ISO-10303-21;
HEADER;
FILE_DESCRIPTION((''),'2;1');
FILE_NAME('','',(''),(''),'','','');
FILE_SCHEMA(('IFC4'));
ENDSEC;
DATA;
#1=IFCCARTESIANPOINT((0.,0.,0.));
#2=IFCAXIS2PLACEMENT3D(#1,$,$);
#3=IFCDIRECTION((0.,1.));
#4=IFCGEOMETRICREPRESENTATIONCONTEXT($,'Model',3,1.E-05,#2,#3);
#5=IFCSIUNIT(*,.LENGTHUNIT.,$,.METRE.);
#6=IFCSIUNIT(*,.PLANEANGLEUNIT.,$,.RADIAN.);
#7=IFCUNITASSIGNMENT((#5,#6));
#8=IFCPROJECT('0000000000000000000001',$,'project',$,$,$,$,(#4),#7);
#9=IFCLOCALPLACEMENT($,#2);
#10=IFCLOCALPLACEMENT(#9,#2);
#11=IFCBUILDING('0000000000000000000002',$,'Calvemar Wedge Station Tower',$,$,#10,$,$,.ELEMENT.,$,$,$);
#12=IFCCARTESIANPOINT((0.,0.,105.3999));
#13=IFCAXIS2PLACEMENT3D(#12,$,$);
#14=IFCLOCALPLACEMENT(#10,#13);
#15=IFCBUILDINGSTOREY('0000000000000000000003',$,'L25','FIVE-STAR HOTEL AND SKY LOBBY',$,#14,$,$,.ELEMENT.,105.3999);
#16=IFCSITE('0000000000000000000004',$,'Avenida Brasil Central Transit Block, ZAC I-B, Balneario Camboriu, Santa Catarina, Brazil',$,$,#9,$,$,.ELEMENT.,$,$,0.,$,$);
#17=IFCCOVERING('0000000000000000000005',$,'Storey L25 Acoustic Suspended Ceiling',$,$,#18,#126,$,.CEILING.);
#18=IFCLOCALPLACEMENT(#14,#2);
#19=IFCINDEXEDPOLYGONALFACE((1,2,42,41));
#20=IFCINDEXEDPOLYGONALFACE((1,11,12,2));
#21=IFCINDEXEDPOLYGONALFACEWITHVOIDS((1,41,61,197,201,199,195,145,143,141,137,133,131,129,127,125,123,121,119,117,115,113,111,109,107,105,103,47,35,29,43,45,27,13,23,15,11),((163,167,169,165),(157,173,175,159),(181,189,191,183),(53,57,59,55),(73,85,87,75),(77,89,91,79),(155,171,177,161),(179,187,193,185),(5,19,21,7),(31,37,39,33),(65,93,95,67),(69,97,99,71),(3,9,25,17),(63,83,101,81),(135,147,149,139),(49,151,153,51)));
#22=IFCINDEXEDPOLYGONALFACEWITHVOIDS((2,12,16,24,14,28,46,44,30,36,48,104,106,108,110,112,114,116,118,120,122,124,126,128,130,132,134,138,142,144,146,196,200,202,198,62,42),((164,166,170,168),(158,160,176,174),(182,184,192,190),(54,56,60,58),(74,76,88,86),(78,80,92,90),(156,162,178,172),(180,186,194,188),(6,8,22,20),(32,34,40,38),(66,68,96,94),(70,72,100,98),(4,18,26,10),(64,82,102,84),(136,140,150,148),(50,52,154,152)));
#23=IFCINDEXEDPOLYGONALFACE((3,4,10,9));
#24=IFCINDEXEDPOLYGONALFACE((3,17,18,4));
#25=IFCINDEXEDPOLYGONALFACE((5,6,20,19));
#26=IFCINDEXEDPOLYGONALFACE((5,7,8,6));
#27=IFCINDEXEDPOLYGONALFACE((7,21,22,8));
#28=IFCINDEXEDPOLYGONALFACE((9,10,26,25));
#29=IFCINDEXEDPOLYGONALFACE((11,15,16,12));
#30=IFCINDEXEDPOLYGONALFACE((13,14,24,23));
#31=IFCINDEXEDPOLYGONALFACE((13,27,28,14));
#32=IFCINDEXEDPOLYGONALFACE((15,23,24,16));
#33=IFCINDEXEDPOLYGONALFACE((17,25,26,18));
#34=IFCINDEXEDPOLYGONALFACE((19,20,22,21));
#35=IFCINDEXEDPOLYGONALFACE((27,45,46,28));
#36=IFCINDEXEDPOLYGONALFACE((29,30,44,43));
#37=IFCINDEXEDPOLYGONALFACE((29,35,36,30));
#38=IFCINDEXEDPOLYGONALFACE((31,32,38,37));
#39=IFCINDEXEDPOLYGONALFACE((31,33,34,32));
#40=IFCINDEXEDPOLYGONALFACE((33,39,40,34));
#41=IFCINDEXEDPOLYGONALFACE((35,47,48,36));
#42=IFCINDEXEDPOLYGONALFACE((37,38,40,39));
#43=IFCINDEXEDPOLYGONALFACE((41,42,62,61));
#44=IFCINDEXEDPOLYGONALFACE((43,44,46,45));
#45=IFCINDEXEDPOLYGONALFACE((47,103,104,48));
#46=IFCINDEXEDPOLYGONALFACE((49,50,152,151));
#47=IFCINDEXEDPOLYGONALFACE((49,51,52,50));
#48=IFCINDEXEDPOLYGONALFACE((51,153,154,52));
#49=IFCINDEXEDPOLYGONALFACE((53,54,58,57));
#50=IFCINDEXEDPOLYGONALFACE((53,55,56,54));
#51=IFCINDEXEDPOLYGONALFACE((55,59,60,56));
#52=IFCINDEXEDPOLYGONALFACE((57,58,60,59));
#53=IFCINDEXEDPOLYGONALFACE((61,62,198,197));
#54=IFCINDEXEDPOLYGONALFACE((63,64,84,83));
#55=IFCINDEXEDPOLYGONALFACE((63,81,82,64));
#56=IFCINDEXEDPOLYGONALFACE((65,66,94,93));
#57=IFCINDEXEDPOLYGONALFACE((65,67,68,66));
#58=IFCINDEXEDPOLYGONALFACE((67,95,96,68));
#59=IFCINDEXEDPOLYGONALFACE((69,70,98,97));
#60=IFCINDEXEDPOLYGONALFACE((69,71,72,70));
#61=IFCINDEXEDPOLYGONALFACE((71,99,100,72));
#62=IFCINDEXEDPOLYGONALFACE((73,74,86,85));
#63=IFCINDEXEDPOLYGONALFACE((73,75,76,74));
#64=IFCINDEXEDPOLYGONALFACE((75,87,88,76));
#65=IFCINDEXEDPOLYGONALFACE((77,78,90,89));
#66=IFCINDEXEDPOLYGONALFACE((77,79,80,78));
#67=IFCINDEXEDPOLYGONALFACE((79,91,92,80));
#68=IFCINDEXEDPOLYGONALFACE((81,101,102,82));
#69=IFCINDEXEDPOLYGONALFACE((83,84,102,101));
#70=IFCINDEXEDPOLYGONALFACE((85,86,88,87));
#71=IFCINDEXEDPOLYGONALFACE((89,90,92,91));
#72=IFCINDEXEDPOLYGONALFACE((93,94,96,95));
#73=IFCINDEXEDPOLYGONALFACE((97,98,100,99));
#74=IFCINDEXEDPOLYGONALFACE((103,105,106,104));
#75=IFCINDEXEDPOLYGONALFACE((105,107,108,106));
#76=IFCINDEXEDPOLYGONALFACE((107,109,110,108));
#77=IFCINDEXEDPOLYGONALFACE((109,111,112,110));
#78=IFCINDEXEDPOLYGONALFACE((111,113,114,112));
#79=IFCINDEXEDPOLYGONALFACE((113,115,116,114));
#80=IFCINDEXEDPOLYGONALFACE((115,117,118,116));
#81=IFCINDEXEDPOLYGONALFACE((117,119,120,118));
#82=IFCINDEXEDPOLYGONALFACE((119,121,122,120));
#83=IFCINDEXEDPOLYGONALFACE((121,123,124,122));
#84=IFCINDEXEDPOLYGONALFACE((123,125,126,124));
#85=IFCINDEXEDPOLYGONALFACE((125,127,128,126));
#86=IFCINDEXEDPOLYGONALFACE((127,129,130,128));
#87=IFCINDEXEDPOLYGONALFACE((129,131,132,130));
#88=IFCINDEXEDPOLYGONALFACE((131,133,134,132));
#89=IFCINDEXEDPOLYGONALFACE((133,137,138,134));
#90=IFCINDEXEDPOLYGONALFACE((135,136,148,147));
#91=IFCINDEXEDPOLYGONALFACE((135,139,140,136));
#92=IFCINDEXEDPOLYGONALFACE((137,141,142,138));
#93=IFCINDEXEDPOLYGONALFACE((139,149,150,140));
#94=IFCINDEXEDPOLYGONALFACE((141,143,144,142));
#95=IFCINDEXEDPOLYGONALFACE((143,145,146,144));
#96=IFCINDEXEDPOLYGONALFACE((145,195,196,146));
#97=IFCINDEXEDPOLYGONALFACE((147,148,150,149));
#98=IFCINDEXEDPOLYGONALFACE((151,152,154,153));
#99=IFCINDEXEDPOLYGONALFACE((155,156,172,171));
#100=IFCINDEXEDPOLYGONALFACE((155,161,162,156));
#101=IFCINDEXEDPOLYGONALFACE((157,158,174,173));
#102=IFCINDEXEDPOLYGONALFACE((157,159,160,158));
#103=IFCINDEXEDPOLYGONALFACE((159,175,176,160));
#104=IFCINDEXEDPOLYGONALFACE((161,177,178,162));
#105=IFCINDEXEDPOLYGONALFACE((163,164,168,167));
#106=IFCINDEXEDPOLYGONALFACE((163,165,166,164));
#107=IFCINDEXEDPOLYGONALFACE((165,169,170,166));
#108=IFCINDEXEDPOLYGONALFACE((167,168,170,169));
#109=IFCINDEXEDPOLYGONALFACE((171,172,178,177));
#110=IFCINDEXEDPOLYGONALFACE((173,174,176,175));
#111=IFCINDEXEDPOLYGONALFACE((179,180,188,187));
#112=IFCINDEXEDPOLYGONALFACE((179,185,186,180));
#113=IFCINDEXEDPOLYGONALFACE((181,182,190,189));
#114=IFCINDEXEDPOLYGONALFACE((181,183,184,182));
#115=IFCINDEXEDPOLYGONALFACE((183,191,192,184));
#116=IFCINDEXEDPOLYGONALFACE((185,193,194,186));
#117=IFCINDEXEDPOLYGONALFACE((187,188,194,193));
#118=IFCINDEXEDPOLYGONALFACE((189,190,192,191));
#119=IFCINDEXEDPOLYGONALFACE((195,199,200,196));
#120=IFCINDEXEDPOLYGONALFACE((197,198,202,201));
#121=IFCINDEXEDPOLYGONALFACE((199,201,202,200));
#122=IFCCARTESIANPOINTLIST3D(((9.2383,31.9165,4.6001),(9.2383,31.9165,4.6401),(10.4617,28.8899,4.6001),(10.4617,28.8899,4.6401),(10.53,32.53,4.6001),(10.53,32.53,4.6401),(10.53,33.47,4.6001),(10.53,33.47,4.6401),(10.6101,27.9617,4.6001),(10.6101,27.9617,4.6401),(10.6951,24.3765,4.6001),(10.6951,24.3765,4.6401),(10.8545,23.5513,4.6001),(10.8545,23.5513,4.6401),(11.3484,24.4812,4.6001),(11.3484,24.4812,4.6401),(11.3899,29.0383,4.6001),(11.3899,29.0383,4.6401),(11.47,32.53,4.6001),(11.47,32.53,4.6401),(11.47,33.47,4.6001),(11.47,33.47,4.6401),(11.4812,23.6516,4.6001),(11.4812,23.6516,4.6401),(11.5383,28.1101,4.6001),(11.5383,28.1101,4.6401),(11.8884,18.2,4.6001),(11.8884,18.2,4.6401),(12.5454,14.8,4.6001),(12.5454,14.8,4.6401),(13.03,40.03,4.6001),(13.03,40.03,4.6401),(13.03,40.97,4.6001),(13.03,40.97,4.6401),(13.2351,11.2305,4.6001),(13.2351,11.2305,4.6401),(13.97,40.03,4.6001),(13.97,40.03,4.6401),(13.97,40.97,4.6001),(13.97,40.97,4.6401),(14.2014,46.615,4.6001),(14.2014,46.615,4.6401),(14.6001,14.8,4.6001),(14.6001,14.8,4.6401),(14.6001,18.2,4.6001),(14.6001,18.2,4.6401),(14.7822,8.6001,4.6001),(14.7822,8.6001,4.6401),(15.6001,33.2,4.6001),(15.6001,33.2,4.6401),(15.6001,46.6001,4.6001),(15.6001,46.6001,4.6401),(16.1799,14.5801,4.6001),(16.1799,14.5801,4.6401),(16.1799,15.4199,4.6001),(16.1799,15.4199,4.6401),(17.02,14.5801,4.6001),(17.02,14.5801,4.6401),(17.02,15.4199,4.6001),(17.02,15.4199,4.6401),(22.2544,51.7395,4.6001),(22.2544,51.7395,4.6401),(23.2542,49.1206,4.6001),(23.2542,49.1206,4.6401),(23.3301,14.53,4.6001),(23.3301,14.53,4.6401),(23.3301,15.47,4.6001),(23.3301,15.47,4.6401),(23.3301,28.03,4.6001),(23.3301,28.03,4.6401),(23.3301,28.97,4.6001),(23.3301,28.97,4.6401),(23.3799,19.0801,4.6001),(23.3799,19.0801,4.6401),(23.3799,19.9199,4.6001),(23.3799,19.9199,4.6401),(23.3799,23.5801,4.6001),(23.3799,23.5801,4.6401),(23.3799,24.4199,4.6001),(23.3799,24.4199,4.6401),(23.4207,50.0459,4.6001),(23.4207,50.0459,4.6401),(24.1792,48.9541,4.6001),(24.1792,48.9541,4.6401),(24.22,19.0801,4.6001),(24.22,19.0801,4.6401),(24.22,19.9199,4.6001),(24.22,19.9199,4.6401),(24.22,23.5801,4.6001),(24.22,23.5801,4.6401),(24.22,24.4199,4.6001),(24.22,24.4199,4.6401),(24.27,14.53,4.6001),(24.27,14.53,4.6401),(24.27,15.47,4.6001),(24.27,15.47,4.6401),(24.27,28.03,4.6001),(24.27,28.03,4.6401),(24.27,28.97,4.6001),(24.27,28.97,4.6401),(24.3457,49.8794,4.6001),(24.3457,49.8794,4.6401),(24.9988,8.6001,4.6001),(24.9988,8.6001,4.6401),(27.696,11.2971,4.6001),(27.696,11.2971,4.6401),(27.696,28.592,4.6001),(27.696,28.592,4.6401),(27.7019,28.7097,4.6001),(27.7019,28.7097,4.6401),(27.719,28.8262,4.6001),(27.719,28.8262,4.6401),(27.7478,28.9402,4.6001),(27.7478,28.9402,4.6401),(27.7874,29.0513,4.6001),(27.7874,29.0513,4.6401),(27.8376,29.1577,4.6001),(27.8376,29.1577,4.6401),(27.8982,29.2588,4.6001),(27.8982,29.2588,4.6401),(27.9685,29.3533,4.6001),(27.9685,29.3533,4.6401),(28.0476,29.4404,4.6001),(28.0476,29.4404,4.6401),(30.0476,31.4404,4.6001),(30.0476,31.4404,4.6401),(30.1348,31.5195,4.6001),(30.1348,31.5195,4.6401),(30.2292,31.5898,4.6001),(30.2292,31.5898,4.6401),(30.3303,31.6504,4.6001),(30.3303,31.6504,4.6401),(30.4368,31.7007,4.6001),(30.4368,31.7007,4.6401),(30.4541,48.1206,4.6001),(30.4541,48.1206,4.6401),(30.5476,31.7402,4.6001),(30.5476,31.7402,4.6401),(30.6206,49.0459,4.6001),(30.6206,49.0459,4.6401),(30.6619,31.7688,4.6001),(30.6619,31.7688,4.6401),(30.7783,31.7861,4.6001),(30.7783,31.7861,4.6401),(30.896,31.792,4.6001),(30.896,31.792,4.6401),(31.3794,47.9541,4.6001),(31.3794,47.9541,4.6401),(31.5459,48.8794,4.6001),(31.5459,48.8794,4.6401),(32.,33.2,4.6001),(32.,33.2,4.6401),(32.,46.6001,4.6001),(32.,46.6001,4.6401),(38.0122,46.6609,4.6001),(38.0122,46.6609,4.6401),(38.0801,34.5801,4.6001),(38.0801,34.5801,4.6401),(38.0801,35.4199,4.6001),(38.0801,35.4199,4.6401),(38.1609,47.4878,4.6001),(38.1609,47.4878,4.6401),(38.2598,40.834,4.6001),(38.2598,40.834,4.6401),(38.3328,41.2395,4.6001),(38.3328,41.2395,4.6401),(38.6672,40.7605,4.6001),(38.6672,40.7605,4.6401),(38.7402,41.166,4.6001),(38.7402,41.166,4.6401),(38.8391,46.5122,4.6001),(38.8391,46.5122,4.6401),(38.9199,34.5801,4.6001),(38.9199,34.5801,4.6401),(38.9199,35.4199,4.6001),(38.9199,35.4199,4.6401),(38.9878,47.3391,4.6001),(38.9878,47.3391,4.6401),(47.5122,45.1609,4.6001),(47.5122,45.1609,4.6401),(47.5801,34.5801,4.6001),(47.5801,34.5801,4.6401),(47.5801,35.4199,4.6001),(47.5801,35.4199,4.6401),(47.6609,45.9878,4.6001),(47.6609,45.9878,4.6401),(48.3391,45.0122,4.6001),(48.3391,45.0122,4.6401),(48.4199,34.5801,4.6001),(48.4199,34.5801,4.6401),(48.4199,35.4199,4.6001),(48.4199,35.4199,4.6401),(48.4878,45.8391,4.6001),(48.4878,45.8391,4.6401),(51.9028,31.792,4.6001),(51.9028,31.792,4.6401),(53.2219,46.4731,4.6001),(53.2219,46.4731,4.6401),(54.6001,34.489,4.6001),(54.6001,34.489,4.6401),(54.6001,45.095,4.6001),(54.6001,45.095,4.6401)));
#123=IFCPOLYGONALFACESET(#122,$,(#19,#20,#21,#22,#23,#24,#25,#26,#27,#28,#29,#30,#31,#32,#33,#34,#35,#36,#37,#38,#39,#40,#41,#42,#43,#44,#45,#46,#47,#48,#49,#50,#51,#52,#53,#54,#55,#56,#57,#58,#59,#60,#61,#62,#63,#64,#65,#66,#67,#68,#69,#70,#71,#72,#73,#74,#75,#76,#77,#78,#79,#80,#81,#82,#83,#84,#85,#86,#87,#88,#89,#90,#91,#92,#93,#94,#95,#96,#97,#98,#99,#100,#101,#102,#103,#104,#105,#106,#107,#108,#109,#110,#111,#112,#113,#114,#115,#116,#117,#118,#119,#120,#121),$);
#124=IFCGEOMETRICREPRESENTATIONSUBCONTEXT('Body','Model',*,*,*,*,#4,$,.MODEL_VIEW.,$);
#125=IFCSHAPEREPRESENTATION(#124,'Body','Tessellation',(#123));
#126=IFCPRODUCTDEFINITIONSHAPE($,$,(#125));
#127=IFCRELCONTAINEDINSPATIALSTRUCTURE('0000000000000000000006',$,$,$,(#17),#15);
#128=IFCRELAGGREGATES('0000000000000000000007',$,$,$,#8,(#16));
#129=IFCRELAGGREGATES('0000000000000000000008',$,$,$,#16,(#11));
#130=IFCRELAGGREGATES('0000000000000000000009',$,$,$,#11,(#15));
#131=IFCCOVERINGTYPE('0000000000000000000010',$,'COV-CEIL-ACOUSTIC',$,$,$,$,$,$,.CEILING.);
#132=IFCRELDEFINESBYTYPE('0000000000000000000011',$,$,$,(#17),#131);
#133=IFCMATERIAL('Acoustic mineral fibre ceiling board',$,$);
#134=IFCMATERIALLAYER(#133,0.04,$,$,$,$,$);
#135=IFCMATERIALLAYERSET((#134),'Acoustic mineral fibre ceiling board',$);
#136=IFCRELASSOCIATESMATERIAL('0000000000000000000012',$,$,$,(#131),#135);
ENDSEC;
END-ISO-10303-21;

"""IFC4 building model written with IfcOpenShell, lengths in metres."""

from ifc_helpers import new_model, si_unit, direction, frame, origin, place, context, subcontext, project, spatial, polyline, outline, extrude, material, layer, layer_set, type_object, element, save


model = new_model("IFC4")

# Units and contexts
model_context = context("Model", 3, precision=1e-05, world=origin(), true_north=direction((0.0, 1.0)))
body_context = subcontext(model_context, "Body", "Model", "MODEL_VIEW")
ifc_project = project(units=[si_unit("LENGTHUNIT", "METRE"), si_unit("PLANEANGLEUNIT", "RADIAN")], contexts=[model_context])

# Site, building, storey
site_placement = place(None, origin())
site = spatial("IfcSite", under=ifc_project, at=site_placement, Name="Avenida Brasil Central Transit Block, ZAC I-B, Balneario Camboriu, Santa Catarina, Brazil", CompositionType="ELEMENT", RefElevation=0.0)
building_placement = place(site_placement, origin())
building = spatial("IfcBuilding", under=site, at=building_placement, Name="Calvemar Wedge Station Tower", CompositionType="ELEMENT")
storey_placement = place(building_placement, frame((0.0, 0.0, 105.3999)))
storey = spatial("IfcBuildingStorey", under=building, at=storey_placement, Name="L25", Description="FIVE-STAR HOTEL AND SKY LOBBY", CompositionType="ELEMENT", Elevation=105.3999)

# Covering
ifc_material_1 = material(Name="Acoustic mineral fibre ceiling board")
ifc_layer_1 = layer(ifc_material_1, 0.04)
ifc_layer_set_1 = layer_set([ifc_layer_1], Name="Acoustic mineral fibre ceiling board")
covering_type_1 = type_object("IfcCoveringType", Name="COV-CEIL-ACOUSTIC", PredefinedType="CEILING", material=ifc_layer_set_1)
covering_1_placement = place(storey_placement, frame((0.0, 0.0, 4.6001)))
element("IfcCovering", 1, at=covering_1_placement, inside=storey, type_object=covering_type_1, Name="Storey L25 Acoustic Suspended Ceiling", PredefinedType="CEILING", context=body_context, shape_type="SweptSolid", body=[
    extrude(outline(polyline([(28.0476, 29.4404), (30.0476, 31.4404), (30.1348, 31.5195), (30.2292, 31.5898), (30.3303, 31.6504), (30.4368, 31.7007), (30.5476, 31.7402), (30.6619, 31.7688), (30.7783, 31.7861), (30.896, 31.792), (51.9028, 31.792), (54.6001, 34.489), (54.6001, 45.095), (53.2219, 46.4731), (22.2544, 51.7395), (14.2014, 46.615), (9.2383, 31.9165), (10.6951, 24.3765), (11.3484, 24.4812), (11.4812, 23.6516), (10.8545, 23.5513), (11.8884, 18.2), (14.6001, 18.2), (14.6001, 14.8), (12.5454, 14.8), (13.2351, 11.2305), (14.7822, 8.6001), (24.9988, 8.6001), (27.696, 11.2971), (27.696, 28.592), (27.7019, 28.7097), (27.719, 28.8262), (27.7478, 28.9402), (27.7874, 29.0513), (27.8376, 29.1577), (27.8982, 29.2588), (27.9685, 29.3533), (28.0476, 29.4404)]), holes=[polyline([(15.6001, 46.6001), (32.0, 46.6001), (32.0, 33.2), (15.6001, 33.2), (15.6001, 46.6001)]), polyline([(10.53, 32.53), (10.53, 33.47), (11.47, 33.47), (11.47, 32.53), (10.53, 32.53)]), polyline([(13.03, 40.97), (13.97, 40.97), (13.97, 40.03), (13.03, 40.03), (13.03, 40.97)]), polyline([(24.3457, 49.8794), (24.1792, 48.9541), (23.2542, 49.1206), (23.4207, 50.0459), (24.3457, 49.8794)]), polyline([(31.3794, 47.9541), (30.4541, 48.1206), (30.6206, 49.0459), (31.5459, 48.8794), (31.3794, 47.9541)]), polyline([(38.0122, 46.6609), (38.1609, 47.4878), (38.9878, 47.3391), (38.8391, 46.5122), (38.0122, 46.6609)]), polyline([(47.6609, 45.9878), (48.4878, 45.8391), (48.3391, 45.0122), (47.5122, 45.1609), (47.6609, 45.9878)]), polyline([(38.9199, 35.4199), (38.9199, 34.5801), (38.0801, 34.5801), (38.0801, 35.4199), (38.9199, 35.4199)]), polyline([(48.4199, 34.5801), (47.5801, 34.5801), (47.5801, 35.4199), (48.4199, 35.4199), (48.4199, 34.5801)]), polyline([(38.2598, 40.834), (38.3328, 41.2395), (38.7402, 41.166), (38.6672, 40.7605), (38.2598, 40.834)]), polyline([(11.3899, 29.0383), (11.5383, 28.1101), (10.6101, 27.9617), (10.4617, 28.8899), (11.3899, 29.0383)]), polyline([(24.27, 28.03), (23.3301, 28.03), (23.3301, 28.97), (24.27, 28.97), (24.27, 28.03)]), polyline([(23.3799, 23.5801), (23.3799, 24.4199), (24.22, 24.4199), (24.22, 23.5801), (23.3799, 23.5801)]), polyline([(23.3799, 19.9199), (24.22, 19.9199), (24.22, 19.0801), (23.3799, 19.0801), (23.3799, 19.9199)]), polyline([(24.27, 15.47), (24.27, 14.53), (23.3301, 14.53), (23.3301, 15.47), (24.27, 15.47)]), polyline([(17.02, 14.5801), (16.1799, 14.5801), (16.1799, 15.4199), (17.02, 15.4199), (17.02, 14.5801)])]), origin(), (0.0, 0.0, 1.0), 0.04),
])

save(model, "model.ifc")
